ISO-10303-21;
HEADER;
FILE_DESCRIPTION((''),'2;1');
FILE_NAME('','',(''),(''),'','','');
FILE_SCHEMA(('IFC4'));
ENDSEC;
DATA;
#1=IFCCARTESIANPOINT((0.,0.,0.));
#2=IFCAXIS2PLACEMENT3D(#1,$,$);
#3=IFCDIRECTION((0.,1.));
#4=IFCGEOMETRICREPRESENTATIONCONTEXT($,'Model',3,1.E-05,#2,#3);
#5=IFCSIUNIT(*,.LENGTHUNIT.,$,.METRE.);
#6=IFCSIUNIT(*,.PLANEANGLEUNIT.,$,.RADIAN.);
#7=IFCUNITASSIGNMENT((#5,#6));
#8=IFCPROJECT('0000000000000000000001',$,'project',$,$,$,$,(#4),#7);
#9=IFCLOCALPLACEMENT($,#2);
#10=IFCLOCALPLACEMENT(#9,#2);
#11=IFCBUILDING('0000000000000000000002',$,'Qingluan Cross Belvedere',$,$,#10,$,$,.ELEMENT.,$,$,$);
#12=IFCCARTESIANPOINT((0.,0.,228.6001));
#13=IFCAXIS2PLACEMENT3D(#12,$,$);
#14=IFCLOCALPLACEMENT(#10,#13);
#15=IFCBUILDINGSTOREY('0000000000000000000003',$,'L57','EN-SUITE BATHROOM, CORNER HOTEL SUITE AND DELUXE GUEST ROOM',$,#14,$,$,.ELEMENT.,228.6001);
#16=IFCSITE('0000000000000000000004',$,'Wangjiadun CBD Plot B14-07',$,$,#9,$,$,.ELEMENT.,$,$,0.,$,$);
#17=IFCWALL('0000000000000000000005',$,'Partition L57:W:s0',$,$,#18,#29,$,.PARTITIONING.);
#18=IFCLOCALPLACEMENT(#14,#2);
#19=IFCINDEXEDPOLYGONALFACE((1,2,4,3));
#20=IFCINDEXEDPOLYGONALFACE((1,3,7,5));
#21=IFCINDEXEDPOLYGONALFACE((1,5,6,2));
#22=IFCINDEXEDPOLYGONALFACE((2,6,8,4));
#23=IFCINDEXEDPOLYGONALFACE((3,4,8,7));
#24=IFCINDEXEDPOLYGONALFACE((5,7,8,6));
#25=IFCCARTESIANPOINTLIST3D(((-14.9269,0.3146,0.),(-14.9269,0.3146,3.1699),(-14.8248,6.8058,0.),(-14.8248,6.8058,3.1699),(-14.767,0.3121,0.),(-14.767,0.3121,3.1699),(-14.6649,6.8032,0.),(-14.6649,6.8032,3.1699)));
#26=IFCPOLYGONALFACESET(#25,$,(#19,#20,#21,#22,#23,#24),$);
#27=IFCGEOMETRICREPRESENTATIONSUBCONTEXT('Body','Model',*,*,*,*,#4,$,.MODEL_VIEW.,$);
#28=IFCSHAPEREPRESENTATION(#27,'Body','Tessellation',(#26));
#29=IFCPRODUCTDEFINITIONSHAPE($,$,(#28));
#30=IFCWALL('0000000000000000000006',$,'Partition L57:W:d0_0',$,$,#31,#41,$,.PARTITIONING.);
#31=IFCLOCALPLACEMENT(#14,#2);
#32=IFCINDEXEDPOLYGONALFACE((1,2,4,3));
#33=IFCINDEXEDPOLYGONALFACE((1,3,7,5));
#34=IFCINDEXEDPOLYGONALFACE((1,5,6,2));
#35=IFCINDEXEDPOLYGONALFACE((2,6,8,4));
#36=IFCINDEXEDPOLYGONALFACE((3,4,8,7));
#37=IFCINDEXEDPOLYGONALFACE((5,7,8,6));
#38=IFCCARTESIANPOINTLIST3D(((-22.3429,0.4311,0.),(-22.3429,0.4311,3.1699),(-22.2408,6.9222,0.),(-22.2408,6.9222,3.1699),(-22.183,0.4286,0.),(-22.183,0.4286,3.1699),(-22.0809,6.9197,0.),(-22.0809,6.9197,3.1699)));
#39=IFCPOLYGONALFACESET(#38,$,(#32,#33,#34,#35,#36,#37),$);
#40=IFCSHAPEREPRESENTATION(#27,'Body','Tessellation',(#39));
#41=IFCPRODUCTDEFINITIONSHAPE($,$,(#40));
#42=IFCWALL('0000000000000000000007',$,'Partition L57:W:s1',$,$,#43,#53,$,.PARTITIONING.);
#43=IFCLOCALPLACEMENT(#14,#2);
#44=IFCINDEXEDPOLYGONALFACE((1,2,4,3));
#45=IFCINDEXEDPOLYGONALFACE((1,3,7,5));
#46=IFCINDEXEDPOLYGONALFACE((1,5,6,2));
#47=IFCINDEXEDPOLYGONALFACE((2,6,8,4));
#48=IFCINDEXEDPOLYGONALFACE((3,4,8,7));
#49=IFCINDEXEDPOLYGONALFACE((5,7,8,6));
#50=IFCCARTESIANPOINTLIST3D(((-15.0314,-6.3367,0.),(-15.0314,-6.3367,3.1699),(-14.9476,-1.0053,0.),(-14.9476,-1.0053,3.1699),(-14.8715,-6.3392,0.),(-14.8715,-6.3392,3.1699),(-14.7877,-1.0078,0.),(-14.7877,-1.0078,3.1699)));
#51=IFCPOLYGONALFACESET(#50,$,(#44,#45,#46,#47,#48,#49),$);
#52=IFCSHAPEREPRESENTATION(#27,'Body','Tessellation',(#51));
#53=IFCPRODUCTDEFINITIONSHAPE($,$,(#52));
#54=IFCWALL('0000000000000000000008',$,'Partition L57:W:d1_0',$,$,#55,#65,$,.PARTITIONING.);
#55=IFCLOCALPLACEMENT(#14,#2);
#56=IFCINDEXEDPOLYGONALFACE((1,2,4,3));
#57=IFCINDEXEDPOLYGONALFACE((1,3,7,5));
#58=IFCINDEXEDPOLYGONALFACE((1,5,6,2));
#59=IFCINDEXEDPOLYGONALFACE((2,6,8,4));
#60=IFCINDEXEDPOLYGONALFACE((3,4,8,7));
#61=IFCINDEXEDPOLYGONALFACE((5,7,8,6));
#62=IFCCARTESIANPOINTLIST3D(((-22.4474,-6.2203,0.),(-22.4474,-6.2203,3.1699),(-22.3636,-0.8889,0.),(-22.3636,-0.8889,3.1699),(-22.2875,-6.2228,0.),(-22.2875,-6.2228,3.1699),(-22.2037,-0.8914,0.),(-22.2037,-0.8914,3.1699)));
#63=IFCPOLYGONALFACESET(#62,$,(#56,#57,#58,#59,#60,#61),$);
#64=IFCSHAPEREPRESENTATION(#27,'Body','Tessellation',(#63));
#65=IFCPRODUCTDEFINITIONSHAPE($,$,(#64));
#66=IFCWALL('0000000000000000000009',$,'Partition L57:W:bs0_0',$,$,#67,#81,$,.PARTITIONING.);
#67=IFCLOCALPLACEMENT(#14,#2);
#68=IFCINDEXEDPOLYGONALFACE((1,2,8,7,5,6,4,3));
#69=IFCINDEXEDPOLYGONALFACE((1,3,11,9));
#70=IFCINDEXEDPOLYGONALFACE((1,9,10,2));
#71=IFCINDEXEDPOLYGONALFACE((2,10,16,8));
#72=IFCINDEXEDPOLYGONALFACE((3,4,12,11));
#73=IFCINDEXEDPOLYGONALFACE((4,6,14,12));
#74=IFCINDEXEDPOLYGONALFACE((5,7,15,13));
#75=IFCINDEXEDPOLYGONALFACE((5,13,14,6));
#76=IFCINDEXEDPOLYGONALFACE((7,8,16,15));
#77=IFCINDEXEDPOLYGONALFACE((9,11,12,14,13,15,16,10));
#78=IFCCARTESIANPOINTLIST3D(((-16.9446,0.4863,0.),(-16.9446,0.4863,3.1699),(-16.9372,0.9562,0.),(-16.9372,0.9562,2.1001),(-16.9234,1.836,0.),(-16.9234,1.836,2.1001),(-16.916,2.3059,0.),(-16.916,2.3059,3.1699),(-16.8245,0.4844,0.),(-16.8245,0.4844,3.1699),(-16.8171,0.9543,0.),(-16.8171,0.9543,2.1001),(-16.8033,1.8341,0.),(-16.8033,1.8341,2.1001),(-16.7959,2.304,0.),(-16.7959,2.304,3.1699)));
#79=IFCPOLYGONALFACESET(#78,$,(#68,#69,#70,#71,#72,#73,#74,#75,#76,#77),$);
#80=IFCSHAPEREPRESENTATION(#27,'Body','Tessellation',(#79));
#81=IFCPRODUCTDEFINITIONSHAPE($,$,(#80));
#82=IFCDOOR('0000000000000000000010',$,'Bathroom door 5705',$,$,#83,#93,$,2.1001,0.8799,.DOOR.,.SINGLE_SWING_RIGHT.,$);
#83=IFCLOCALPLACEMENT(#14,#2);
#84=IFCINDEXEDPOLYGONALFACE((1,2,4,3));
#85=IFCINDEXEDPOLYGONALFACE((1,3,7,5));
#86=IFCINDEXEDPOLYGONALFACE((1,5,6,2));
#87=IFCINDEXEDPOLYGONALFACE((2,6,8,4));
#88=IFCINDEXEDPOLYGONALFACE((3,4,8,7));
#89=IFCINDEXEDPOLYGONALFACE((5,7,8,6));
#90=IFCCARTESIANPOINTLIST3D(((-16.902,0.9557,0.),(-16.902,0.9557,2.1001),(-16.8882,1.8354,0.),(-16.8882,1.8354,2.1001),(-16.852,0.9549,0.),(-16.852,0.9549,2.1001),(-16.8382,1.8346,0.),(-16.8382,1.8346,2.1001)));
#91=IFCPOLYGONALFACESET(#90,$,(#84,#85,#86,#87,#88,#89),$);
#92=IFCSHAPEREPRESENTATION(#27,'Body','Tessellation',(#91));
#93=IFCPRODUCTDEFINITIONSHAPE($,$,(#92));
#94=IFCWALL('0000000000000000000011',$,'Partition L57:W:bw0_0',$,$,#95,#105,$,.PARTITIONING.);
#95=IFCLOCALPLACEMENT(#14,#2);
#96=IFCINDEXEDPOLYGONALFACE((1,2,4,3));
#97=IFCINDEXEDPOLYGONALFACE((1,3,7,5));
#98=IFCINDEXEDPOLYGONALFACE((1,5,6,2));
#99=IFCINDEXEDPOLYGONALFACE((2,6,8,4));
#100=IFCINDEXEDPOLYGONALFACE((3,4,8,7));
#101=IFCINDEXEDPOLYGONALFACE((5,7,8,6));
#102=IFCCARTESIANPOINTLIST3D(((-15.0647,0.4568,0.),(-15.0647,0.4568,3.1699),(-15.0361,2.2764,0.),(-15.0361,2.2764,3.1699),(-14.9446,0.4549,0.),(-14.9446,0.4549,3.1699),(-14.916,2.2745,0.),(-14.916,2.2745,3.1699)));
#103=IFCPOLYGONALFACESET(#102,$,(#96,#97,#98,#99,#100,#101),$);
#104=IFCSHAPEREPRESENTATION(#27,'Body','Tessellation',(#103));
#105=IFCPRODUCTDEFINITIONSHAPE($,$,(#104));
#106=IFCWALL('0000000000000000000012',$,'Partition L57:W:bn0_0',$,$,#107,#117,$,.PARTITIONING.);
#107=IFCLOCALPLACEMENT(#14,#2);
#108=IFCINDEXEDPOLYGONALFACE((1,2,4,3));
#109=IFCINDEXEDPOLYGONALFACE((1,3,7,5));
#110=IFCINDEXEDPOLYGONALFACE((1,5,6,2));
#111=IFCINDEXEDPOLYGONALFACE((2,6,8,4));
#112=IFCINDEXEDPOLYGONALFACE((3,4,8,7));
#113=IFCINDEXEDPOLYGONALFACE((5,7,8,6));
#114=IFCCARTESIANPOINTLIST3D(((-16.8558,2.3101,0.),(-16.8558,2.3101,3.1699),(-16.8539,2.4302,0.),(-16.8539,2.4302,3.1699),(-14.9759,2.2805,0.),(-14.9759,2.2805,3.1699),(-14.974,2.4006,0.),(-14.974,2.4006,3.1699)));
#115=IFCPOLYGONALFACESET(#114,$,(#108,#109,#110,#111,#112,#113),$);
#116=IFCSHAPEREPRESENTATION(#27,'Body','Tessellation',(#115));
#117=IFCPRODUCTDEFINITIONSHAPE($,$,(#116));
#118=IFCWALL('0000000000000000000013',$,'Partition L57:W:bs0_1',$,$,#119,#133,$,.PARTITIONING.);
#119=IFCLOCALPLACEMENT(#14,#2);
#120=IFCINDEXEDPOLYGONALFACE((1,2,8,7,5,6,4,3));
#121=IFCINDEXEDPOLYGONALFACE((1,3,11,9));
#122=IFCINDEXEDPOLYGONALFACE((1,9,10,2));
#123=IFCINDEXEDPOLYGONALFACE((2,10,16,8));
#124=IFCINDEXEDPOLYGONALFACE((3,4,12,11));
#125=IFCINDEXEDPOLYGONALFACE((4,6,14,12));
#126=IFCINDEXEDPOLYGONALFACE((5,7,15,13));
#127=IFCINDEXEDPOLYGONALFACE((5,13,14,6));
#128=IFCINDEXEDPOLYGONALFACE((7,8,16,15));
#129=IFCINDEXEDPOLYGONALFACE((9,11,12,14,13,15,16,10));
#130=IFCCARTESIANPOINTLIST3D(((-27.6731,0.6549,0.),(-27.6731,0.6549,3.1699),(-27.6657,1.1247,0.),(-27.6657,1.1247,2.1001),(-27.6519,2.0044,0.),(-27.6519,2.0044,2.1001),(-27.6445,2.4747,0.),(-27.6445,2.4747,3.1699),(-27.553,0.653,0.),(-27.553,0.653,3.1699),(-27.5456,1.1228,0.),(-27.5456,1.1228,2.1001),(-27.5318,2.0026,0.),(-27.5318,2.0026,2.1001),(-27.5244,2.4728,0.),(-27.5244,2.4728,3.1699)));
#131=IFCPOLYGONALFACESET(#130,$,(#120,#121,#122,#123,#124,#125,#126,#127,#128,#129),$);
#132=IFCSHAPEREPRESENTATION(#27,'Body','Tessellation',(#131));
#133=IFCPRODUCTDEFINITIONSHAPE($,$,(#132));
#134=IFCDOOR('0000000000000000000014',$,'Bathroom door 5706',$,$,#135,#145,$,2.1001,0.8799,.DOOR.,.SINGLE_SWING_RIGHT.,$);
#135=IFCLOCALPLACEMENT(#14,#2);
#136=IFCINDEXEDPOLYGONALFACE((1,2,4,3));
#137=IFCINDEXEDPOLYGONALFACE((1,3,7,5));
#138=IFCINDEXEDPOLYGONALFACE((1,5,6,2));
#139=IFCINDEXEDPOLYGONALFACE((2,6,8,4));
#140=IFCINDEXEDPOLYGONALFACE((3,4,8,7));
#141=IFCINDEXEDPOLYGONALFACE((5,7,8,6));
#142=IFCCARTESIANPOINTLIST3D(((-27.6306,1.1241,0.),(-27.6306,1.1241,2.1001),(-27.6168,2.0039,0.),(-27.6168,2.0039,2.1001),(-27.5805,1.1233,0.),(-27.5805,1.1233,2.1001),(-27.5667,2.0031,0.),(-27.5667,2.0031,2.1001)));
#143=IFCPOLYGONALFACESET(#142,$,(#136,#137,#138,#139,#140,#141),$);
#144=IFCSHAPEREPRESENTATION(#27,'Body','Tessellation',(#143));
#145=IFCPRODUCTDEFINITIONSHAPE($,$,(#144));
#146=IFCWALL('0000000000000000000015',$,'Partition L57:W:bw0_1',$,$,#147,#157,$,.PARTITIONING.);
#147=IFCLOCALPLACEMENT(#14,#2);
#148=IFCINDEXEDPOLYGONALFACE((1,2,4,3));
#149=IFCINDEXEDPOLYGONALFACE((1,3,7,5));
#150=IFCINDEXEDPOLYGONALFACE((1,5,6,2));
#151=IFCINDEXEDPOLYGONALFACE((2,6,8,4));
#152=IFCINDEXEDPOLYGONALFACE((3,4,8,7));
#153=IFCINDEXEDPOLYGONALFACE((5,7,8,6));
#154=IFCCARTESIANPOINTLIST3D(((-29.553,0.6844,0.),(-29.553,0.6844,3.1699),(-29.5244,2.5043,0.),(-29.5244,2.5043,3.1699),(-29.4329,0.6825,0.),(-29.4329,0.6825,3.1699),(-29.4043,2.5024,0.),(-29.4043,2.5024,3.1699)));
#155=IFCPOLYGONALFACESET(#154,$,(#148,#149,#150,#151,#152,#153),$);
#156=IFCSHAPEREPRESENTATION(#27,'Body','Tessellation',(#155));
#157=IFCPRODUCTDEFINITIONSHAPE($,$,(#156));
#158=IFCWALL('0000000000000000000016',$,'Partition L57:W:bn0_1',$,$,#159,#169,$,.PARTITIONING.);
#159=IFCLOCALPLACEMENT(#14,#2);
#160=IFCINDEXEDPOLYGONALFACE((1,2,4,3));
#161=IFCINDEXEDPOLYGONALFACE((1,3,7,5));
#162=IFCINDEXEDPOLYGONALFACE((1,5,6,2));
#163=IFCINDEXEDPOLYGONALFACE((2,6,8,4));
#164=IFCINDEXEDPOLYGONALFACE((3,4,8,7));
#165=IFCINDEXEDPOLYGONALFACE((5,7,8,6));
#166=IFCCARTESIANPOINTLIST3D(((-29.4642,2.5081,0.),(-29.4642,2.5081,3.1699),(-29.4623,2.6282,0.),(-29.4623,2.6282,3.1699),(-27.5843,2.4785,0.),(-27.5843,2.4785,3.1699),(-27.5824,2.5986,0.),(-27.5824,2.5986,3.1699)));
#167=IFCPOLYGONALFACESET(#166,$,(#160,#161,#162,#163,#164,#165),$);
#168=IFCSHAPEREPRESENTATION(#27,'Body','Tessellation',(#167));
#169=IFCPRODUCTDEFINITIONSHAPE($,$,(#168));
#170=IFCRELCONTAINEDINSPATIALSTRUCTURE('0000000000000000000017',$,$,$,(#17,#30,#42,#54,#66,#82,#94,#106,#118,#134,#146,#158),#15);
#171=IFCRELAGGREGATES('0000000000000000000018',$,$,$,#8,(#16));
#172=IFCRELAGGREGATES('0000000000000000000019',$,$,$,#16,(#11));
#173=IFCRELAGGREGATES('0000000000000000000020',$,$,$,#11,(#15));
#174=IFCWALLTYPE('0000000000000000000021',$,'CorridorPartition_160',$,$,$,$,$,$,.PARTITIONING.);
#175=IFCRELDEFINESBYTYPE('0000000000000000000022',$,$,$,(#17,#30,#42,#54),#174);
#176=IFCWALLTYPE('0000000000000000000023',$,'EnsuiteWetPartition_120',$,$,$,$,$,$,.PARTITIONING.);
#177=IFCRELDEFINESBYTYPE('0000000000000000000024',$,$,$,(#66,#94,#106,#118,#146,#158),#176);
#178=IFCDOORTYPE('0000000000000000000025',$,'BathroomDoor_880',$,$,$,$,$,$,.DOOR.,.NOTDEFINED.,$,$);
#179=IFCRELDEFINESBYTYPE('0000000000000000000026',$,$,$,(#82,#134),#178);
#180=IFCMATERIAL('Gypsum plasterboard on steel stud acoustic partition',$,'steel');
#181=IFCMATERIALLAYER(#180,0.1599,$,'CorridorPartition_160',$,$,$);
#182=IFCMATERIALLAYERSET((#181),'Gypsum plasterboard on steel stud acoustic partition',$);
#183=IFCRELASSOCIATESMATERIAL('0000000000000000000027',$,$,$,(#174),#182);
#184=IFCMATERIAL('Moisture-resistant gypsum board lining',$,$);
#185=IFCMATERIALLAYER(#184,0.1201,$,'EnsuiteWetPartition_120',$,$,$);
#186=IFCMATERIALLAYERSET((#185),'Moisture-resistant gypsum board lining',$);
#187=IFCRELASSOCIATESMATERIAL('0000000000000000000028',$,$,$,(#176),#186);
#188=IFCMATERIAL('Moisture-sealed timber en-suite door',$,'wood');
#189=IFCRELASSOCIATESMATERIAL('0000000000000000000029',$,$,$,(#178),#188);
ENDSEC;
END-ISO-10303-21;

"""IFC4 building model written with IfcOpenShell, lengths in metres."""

from ifc_helpers import new_model, si_unit, direction, frame, frame_2d, origin, place, context, subcontext, project, spatial, rectangle, extrude, material, layer, layer_set, type_object, element, fill, save


model = new_model("IFC4")

# Units and contexts
model_context = context("Model", 3, precision=1e-05, world=origin(), true_north=direction((0.0, 1.0)))
body_context = subcontext(model_context, "Body", "Model", "MODEL_VIEW")
ifc_project = project(units=[si_unit("LENGTHUNIT", "METRE"), si_unit("PLANEANGLEUNIT", "RADIAN")], contexts=[model_context])

# Site, building, storey
site_placement = place(None, origin())
site = spatial("IfcSite", under=ifc_project, at=site_placement, Name="Wangjiadun CBD Plot B14-07", CompositionType="ELEMENT", RefElevation=0.0)
building_placement = place(site_placement, origin())
building = spatial("IfcBuilding", under=site, at=building_placement, Name="Qingluan Cross Belvedere", CompositionType="ELEMENT")
storey_placement = place(building_placement, frame((0.0, 0.0, 228.6001)))
storey = spatial("IfcBuildingStorey", under=building, at=storey_placement, Name="L57", Description="EN-SUITE BATHROOM, CORNER HOTEL SUITE AND DELUXE GUEST ROOM", CompositionType="ELEMENT", Elevation=228.6001)

# Shared definitions
ifc_material_1 = material(Name="Gypsum plasterboard on steel stud acoustic partition", Category="steel")
ifc_layer_1 = layer(ifc_material_1, 0.1599, Name="CorridorPartition_160")
ifc_layer_set_1 = layer_set([ifc_layer_1], Name="Gypsum plasterboard on steel stud acoustic partition")
wall_type_1 = type_object("IfcWallType", Name="CorridorPartition_160", PredefinedType="PARTITIONING", material=ifc_layer_set_1)

# Walls
for number, where, z_axis, x_axis, name in (
    (1, (-14.8469, 0.3132, 0.0), (0.0, 0.0, 1.0), (0.015719, 0.999876, 0.0), "Partition L57:W:s0"),
    (2, (-22.2629, 0.4297, 0.0), (0.0, 0.0, 1.0), (0.015719, 0.999876, 0.0), "Partition L57:W:d0_0"),
):
    element("IfcWall", number, at=place(storey_placement, frame(where, z_axis=z_axis, x_axis=x_axis)), inside=storey, type_object=wall_type_1, Name=name, PredefinedType="PARTITIONING", context=body_context, shape_type="SweptSolid", body=[
        extrude(rectangle(XDim=6.4919, YDim=0.1599, at=frame_2d((3.2461, 0.0))), origin(), (0.0, 0.0, 1.0), 3.1699),
    ])
for number, where, z_axis, x_axis, name in (
    (3, (-14.8677, -1.0066, 0.0), (0.0, 0.0, 1.0), (-0.015705, -0.999877, 0.0), "Partition L57:W:s1"),
    (4, (-22.2837, -0.8901, 0.0), (0.0, 0.0, 1.0), (-0.015705, -0.999877, 0.0), "Partition L57:W:d1_0"),
):
    element("IfcWall", number, at=place(storey_placement, frame(where, z_axis=z_axis, x_axis=x_axis)), inside=storey, type_object=wall_type_1, Name=name, PredefinedType="PARTITIONING", context=body_context, shape_type="SweptSolid", body=[
        extrude(rectangle(XDim=5.332, YDim=0.1599, at=frame_2d((2.666, 0.0))), origin(), (0.0, 0.0, 1.0), 3.1699),
    ])

# Wall, opening, door
ifc_material_2 = material(Name="Moisture-resistant gypsum board lining")
ifc_layer_2 = layer(ifc_material_2, 0.1201, Name="EnsuiteWetPartition_120")
ifc_layer_set_2 = layer_set([ifc_layer_2], Name="Moisture-resistant gypsum board lining")
wall_type_2 = type_object("IfcWallType", Name="EnsuiteWetPartition_120", PredefinedType="PARTITIONING", material=ifc_layer_set_2)
wall_1_placement = place(storey_placement, frame((-16.8845, 0.4854, 0.0), z_axis=(0.0, 0.0, 1.0), x_axis=(0.015696, 0.999877, 0.0)))
wall_1 = element("IfcWall", 5, at=wall_1_placement, inside=storey, type_object=wall_type_2, Name="Partition L57:W:bs0_0", PredefinedType="PARTITIONING", context=body_context, shape_type="SweptSolid", body=[
    extrude(rectangle(XDim=1.8198, YDim=0.1201, at=frame_2d((0.9099, 0.0))), origin(), (0.0, 0.0, 1.0), 3.1699),
])
opening_1_placement = place(wall_1_placement, frame((0.47, 0.0, 0.0)))
opening_1 = element("IfcOpeningElement", 6, at=opening_1_placement, cuts=wall_1, PredefinedType="OPENING", context=body_context, shape_type="SweptSolid", body=[
    extrude(rectangle(XDim=0.8799, YDim=2.1001, at=frame_2d((0.4399, 1.05))), frame((0.0, 0.0701, 0.0), z_axis=(0.0, -1.0, 0.0), x_axis=(1.0, 0.0, 0.0)), (0.0, 0.0, 1.0), 0.1401),
])
ifc_material_3 = material(Name="Moisture-sealed timber en-suite door", Category="wood")
door_type_1 = type_object("IfcDoorType", Name="BathroomDoor_880", OperationType="NOTDEFINED", PredefinedType="DOOR", material=ifc_material_3)
door_1_placement = place(opening_1_placement, origin())
door_1 = element("IfcDoor", 7, at=door_1_placement, inside=storey, type_object=door_type_1, Name="Bathroom door 5705", OperationType="SINGLE_SWING_RIGHT", OverallHeight=2.1001, OverallWidth=0.8799, PredefinedType="DOOR", context=body_context, shape_type="SweptSolid", body=[
    extrude(rectangle(XDim=0.8799, YDim=2.1001, at=frame_2d((0.4399, 1.05))), frame((0.0, 0.0249, 0.0), z_axis=(0.0, -1.0, 0.0), x_axis=(1.0, 0.0, 0.0)), (0.0, 0.0, 1.0), 0.05),
])
fill(opening_1, door_1)

# Walls
wall_2_placement = place(storey_placement, frame((-15.0046, 0.4558, 0.0), z_axis=(0.0, 0.0, 1.0), x_axis=(0.015696, 0.999877, 0.0)))
element("IfcWall", 8, at=wall_2_placement, inside=storey, type_object=wall_type_2, Name="Partition L57:W:bw0_0", PredefinedType="PARTITIONING", context=body_context, shape_type="SweptSolid", body=[
    extrude(rectangle(XDim=1.8198, YDim=0.1201, at=frame_2d((0.9099, 0.0))), origin(), (0.0, 0.0, 1.0), 3.1699),
])
wall_3_placement = place(storey_placement, frame((-14.9751, 2.3406, 0.0), z_axis=(0.0, 0.0, 1.0), x_axis=(-0.999877, 0.015712, 0.0)))
element("IfcWall", 9, at=wall_3_placement, inside=storey, type_object=wall_type_2, Name="Partition L57:W:bn0_0", PredefinedType="PARTITIONING", context=body_context, shape_type="SweptSolid", body=[
    extrude(rectangle(XDim=1.8801, YDim=0.1201, at=frame_2d((0.9399, 0.0))), origin(), (0.0, 0.0, 1.0), 3.1699),
])

# Wall, opening, door
wall_4_placement = place(storey_placement, frame((-27.613, 0.6538, 0.0), z_axis=(0.0, 0.0, 1.0), x_axis=(0.015694, 0.999877, 0.0)))
wall_4 = element("IfcWall", 10, at=wall_4_placement, inside=storey, type_object=wall_type_2, Name="Partition L57:W:bs0_1", PredefinedType="PARTITIONING", context=body_context, shape_type="SweptSolid", body=[
    extrude(rectangle(XDim=1.8201, YDim=0.1201, at=frame_2d((0.9102, 0.0))), origin(), (0.0, 0.0, 1.0), 3.1699),
])
opening_2_placement = place(wall_4_placement, frame((0.47, 0.0, 0.0)))
opening_2 = element("IfcOpeningElement", 11, at=opening_2_placement, cuts=wall_4, PredefinedType="OPENING", context=body_context, shape_type="SweptSolid", body=[
    extrude(rectangle(XDim=0.8799, YDim=2.1001, at=frame_2d((0.4399, 1.05))), frame((0.0, 0.0701, 0.0), z_axis=(0.0, -1.0, 0.0), x_axis=(1.0, 0.0, 0.0)), (0.0, 0.0, 1.0), 0.1401),
])
door_2_placement = place(opening_2_placement, origin())
door_2 = element("IfcDoor", 12, at=door_2_placement, inside=storey, type_object=door_type_1, Name="Bathroom door 5706", OperationType="SINGLE_SWING_RIGHT", OverallHeight=2.1001, OverallWidth=0.8799, PredefinedType="DOOR", context=body_context, shape_type="SweptSolid", body=[
    extrude(rectangle(XDim=0.8799, YDim=2.1001, at=frame_2d((0.4399, 1.05))), frame((0.0, 0.0249, 0.0), z_axis=(0.0, -1.0, 0.0), x_axis=(1.0, 0.0, 0.0)), (0.0, 0.0, 1.0), 0.05),
])
fill(opening_2, door_2)

# Walls
wall_5_placement = place(storey_placement, frame((-29.4929, 0.6833, 0.0), z_axis=(0.0, 0.0, 1.0), x_axis=(0.015694, 0.999877, 0.0)))
element("IfcWall", 13, at=wall_5_placement, inside=storey, type_object=wall_type_2, Name="Partition L57:W:bw0_1", PredefinedType="PARTITIONING", context=body_context, shape_type="SweptSolid", body=[
    extrude(rectangle(XDim=1.8201, YDim=0.1201, at=frame_2d((0.9102, 0.0))), origin(), (0.0, 0.0, 1.0), 3.1699),
])
wall_6_placement = place(storey_placement, frame((-27.5835, 2.5386, 0.0), z_axis=(0.0, 0.0, 1.0), x_axis=(-0.999877, 0.015712, 0.0)))
element("IfcWall", 14, at=wall_6_placement, inside=storey, type_object=wall_type_2, Name="Partition L57:W:bn0_1", PredefinedType="PARTITIONING", context=body_context, shape_type="SweptSolid", body=[
    extrude(rectangle(XDim=1.8801, YDim=0.1201, at=frame_2d((0.9399, 0.0))), origin(), (0.0, 0.0, 1.0), 3.1699),
])

save(model, "model.ifc")
